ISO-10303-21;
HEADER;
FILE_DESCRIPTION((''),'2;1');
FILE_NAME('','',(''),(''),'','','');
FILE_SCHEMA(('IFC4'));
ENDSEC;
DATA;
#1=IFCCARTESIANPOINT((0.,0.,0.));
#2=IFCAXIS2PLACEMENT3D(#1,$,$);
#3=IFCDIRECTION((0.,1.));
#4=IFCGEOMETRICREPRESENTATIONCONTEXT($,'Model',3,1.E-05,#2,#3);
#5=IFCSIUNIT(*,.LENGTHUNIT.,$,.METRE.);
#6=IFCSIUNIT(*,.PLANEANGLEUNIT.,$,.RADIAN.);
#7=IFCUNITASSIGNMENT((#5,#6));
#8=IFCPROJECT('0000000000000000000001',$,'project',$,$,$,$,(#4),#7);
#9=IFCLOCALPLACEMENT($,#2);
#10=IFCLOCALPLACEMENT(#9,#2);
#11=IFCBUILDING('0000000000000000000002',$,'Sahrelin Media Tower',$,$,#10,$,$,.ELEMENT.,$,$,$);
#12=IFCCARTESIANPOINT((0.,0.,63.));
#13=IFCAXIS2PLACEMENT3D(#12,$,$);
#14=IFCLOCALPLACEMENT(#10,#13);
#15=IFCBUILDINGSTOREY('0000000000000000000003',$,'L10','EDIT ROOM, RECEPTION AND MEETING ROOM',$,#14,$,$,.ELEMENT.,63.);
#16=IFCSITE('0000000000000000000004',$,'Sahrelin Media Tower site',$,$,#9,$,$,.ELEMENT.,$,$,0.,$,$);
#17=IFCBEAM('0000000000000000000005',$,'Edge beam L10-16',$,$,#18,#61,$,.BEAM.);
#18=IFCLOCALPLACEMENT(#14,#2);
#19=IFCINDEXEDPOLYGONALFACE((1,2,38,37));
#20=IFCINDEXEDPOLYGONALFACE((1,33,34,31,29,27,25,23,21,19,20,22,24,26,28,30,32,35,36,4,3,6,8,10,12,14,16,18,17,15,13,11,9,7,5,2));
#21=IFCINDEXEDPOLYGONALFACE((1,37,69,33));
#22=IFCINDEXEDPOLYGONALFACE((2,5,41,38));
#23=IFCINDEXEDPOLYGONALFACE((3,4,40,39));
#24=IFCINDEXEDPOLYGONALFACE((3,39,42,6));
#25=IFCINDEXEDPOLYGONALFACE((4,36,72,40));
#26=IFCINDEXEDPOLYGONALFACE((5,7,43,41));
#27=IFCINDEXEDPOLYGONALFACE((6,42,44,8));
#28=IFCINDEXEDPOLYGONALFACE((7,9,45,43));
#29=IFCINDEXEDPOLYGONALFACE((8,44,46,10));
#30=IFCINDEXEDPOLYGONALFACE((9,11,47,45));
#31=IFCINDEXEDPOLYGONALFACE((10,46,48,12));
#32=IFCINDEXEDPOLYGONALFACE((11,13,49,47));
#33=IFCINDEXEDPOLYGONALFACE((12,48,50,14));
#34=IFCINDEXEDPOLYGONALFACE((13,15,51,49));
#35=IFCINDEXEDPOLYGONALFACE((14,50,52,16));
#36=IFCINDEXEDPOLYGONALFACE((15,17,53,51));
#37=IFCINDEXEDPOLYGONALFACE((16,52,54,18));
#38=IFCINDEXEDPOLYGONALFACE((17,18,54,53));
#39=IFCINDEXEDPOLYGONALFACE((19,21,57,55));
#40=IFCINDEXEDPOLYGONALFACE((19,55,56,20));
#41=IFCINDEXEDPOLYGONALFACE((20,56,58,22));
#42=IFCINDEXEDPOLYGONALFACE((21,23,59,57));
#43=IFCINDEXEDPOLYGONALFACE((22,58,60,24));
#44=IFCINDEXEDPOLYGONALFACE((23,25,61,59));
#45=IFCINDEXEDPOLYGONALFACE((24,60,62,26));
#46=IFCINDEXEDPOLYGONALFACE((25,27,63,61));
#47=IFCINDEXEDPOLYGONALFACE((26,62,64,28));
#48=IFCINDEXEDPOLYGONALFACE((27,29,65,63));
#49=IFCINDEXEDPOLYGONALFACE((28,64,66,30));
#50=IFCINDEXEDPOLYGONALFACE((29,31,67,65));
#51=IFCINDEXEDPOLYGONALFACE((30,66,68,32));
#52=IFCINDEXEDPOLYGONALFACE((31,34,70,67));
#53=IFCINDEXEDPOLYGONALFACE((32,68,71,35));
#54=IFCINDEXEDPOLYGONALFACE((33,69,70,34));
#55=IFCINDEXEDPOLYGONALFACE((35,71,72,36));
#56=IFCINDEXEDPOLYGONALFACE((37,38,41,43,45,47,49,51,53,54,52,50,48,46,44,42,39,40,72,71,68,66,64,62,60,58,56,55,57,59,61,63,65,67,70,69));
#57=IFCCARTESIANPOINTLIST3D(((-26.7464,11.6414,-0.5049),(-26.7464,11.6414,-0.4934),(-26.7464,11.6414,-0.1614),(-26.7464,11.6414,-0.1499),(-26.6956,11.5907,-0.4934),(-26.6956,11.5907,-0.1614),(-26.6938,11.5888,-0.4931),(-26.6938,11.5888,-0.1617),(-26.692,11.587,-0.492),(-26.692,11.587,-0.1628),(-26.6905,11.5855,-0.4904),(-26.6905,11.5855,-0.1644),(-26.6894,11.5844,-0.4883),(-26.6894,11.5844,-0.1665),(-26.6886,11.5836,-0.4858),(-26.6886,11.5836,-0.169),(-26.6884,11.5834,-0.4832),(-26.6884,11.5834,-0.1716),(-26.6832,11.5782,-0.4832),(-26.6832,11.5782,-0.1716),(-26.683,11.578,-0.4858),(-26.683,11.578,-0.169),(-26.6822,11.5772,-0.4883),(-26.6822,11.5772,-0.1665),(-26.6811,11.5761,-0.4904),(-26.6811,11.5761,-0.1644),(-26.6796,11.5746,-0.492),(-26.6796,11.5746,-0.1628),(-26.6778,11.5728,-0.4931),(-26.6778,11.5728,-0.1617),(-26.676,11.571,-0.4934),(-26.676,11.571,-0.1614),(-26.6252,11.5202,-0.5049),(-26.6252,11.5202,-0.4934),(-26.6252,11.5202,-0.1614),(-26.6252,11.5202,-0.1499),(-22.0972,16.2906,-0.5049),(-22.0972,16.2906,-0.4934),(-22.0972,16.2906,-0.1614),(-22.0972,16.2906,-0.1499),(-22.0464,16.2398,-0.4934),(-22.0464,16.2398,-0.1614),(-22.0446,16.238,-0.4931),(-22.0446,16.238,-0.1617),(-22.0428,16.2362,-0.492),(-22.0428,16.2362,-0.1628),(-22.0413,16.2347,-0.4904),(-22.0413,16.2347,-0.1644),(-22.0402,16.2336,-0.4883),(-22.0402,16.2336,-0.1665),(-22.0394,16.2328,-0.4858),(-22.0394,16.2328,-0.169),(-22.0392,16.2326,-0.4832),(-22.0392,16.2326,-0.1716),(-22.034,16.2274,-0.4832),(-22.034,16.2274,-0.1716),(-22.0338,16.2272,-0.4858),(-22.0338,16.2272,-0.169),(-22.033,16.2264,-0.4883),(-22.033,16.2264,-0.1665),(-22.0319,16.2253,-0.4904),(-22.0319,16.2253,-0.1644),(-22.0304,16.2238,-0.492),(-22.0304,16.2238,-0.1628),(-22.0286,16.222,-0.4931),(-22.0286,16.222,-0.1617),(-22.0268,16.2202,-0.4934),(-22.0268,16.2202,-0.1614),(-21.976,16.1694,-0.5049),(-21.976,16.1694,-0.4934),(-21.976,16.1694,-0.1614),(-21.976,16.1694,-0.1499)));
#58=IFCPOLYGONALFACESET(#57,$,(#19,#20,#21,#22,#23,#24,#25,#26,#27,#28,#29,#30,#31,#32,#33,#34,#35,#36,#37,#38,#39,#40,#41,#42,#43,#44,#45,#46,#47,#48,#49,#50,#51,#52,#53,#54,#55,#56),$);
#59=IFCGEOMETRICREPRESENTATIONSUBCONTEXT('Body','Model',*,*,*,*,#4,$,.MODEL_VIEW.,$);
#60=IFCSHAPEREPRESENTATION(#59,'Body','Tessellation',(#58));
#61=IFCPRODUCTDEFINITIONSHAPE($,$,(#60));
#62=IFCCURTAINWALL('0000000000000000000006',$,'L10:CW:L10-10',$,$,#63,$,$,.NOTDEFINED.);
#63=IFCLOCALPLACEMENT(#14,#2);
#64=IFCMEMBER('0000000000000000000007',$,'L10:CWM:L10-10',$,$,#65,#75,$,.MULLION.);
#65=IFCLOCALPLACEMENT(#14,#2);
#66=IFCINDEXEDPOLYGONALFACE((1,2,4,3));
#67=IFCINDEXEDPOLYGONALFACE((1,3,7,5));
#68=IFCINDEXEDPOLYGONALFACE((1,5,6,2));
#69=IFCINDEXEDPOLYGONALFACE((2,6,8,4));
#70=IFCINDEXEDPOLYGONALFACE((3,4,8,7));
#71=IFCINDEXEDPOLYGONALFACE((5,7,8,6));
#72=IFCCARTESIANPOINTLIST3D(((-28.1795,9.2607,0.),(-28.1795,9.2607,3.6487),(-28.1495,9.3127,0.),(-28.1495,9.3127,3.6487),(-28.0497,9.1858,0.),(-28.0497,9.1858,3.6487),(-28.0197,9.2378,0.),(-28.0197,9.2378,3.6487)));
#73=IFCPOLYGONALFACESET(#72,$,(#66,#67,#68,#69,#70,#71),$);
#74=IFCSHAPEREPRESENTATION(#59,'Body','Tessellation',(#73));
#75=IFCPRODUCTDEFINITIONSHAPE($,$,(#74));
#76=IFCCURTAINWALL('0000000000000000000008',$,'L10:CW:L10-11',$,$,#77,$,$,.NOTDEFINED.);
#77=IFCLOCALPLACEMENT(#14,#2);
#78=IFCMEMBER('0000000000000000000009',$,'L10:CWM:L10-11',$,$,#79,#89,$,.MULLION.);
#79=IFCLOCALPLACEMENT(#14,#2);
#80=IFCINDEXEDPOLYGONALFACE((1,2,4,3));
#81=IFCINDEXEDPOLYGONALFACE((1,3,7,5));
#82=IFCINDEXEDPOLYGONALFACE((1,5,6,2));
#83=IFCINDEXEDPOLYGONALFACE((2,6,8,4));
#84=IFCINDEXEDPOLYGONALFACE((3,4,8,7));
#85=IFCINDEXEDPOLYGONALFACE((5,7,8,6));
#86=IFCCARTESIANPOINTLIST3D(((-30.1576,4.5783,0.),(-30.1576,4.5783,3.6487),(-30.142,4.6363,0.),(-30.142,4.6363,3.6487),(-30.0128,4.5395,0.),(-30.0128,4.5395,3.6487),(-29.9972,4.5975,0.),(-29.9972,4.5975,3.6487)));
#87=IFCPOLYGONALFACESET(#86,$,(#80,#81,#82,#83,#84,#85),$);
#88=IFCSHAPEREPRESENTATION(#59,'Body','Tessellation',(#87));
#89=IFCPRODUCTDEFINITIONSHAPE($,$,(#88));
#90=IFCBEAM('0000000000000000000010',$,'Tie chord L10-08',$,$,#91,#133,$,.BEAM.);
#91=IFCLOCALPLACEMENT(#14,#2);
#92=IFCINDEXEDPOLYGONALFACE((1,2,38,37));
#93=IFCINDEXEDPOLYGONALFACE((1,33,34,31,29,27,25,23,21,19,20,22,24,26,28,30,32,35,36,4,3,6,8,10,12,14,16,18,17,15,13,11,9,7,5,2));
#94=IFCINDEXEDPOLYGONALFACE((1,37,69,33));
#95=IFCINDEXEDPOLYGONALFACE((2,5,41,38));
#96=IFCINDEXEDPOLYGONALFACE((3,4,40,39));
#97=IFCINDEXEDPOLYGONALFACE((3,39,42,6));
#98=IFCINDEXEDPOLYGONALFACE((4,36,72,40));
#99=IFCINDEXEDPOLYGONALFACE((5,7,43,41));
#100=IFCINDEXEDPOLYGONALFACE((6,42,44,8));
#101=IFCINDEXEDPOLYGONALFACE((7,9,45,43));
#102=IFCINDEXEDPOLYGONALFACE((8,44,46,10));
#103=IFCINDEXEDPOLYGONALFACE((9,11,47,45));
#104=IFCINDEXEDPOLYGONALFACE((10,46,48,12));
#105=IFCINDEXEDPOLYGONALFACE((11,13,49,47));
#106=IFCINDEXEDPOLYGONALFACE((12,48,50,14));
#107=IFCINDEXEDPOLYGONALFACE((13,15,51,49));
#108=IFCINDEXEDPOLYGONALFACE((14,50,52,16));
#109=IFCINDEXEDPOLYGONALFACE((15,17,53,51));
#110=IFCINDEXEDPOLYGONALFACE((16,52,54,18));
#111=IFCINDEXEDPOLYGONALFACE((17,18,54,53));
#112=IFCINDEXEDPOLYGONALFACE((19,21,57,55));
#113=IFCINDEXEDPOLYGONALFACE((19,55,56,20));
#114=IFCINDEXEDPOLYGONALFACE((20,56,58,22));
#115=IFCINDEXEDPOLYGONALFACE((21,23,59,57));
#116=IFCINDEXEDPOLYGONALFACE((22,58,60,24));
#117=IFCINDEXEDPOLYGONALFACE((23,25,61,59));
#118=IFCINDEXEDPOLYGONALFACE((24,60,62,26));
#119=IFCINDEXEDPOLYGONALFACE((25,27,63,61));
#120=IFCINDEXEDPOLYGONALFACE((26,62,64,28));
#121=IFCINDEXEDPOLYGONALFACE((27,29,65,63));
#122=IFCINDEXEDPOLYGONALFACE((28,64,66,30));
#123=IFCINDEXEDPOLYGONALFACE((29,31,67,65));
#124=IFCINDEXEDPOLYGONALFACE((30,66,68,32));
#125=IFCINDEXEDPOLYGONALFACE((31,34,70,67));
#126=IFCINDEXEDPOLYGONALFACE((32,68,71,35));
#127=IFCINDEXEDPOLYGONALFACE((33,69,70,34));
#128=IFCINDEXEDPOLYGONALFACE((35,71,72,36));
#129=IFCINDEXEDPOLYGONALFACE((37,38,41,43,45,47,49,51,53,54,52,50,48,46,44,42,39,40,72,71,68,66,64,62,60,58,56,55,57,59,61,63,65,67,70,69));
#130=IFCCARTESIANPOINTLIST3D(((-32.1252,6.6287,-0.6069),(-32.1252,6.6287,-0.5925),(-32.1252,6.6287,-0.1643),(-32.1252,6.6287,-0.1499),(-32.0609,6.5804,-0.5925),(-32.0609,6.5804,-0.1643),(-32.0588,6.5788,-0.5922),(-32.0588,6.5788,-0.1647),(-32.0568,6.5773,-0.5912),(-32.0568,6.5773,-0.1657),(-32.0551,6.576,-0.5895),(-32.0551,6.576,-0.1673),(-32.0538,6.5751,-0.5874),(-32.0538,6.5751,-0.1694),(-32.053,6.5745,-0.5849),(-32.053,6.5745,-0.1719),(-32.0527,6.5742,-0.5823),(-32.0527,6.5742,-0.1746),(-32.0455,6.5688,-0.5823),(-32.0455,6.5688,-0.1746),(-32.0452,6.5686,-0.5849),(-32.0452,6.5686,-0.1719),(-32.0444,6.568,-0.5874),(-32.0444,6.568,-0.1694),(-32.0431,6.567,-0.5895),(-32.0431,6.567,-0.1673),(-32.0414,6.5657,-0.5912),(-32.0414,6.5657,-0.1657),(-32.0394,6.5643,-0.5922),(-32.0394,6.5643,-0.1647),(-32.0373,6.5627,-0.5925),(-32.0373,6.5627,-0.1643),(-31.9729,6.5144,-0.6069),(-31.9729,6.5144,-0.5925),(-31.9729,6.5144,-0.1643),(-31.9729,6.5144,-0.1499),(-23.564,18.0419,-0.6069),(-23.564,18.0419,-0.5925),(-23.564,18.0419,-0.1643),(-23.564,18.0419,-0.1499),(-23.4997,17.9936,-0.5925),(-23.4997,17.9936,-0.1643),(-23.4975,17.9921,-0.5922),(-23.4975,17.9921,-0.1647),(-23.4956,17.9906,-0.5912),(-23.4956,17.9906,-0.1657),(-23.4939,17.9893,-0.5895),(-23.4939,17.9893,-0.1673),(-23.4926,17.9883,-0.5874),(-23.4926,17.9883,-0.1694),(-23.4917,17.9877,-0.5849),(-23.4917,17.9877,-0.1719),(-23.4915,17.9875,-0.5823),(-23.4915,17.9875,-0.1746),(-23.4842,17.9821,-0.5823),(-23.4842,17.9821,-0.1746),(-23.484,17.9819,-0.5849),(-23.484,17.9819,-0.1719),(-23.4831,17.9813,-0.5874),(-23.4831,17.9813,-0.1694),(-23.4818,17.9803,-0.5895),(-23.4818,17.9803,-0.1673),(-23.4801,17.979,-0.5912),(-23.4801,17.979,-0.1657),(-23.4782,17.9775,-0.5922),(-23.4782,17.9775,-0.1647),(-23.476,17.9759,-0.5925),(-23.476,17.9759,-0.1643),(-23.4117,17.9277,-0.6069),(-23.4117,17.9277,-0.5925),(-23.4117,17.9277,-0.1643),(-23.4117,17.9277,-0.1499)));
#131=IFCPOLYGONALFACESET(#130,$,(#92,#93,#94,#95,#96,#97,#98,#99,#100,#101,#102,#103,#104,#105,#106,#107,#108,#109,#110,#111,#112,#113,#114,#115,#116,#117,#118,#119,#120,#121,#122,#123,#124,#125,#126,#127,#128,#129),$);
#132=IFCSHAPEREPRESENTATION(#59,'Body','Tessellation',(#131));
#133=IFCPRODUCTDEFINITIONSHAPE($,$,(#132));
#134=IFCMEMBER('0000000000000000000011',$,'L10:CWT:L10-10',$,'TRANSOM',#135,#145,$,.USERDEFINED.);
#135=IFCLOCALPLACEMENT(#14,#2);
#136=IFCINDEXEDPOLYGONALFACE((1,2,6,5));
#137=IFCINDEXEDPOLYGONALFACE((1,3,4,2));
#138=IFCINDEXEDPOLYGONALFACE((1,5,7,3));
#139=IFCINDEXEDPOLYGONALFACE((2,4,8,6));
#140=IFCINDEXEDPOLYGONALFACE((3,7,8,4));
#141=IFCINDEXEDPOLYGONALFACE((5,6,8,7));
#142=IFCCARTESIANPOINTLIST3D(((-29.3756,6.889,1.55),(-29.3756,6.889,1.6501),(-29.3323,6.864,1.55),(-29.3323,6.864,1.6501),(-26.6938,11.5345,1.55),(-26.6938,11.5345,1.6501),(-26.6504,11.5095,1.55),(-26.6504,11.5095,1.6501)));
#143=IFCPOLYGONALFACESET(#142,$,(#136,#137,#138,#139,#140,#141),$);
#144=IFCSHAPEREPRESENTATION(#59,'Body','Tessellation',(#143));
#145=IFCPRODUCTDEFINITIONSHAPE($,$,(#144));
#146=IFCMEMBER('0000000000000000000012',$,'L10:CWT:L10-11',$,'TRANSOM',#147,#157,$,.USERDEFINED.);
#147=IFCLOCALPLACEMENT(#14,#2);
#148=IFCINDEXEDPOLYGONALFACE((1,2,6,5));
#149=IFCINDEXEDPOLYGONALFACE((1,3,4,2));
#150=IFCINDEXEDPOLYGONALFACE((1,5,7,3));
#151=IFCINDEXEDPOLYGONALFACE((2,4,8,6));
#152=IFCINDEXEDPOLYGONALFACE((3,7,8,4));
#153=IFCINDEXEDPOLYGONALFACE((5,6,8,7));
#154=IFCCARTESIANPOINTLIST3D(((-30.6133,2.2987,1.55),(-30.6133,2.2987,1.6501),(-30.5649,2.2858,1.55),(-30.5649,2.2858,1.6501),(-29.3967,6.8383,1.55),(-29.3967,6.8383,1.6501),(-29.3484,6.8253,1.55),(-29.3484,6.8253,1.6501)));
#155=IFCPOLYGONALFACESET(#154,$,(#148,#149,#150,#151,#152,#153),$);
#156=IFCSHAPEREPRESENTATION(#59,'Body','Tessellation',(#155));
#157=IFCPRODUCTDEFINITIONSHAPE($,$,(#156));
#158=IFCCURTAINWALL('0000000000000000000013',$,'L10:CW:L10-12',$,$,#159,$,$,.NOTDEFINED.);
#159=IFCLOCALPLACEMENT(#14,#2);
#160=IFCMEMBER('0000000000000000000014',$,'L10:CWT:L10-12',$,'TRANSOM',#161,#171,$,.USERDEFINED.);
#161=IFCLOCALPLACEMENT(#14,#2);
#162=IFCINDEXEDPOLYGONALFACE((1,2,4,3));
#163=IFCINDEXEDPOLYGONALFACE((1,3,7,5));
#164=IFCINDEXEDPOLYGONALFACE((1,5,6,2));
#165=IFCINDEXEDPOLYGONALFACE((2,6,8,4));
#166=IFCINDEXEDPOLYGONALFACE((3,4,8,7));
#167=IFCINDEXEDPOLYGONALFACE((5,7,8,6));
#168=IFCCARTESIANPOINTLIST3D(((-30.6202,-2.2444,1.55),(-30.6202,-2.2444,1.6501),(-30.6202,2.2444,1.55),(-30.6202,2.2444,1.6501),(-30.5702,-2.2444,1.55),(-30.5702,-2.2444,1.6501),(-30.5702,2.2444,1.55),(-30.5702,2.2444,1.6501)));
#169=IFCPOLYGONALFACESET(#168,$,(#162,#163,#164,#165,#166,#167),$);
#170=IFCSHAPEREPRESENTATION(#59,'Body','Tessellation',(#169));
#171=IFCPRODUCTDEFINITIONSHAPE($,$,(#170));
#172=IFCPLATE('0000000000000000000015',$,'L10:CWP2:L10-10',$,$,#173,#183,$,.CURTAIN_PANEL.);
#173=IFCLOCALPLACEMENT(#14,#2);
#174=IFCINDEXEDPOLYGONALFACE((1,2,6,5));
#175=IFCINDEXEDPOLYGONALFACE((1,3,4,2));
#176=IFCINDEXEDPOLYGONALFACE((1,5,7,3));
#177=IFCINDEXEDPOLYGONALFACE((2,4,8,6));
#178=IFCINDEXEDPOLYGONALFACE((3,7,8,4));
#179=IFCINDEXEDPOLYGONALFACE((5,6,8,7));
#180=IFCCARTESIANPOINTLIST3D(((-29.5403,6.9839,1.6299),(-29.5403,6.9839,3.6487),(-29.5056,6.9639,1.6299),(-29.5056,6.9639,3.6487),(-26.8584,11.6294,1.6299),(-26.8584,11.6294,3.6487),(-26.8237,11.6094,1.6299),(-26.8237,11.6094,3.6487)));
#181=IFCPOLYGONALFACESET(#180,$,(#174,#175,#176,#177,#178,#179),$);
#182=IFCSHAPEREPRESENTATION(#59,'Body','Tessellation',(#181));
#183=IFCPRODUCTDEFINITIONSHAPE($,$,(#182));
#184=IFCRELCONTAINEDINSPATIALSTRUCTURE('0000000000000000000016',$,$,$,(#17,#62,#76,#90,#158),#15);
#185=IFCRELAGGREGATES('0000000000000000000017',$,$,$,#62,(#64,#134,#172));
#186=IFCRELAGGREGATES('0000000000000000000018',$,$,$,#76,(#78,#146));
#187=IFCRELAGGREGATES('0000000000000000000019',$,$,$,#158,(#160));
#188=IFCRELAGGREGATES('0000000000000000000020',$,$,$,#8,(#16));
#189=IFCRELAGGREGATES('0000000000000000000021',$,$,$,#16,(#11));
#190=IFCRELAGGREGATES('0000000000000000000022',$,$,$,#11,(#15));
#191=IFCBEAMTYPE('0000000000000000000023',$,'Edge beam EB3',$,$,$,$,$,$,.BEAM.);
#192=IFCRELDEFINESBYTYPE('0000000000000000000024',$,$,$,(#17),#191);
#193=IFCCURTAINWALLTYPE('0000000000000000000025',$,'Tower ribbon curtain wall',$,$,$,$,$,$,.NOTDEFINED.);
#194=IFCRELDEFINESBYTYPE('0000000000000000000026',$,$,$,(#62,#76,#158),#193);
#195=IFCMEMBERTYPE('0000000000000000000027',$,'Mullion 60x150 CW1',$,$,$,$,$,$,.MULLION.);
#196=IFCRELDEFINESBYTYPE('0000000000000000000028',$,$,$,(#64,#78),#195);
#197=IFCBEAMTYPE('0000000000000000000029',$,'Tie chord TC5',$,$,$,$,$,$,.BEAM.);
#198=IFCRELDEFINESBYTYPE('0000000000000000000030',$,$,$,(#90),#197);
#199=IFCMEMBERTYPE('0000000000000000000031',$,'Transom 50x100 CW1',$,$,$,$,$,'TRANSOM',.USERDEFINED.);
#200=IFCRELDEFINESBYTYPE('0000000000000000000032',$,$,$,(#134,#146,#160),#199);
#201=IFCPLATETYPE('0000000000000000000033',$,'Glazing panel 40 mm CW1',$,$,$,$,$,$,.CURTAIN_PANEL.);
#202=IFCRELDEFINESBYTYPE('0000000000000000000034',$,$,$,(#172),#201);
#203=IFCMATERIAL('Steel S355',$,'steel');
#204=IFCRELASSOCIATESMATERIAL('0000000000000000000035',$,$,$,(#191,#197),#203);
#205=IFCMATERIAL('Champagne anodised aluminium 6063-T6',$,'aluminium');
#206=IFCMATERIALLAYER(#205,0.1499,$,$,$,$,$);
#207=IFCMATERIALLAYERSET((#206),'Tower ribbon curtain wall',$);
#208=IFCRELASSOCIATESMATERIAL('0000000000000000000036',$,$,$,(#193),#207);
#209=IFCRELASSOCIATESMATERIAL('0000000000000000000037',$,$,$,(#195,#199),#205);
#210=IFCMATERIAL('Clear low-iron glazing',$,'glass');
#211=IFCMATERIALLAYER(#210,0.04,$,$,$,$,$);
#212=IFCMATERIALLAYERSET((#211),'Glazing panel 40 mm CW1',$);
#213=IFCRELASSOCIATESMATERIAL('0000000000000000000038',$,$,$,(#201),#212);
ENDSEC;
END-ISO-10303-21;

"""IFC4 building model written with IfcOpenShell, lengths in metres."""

from ifc_helpers import new_model, si_unit, direction, frame, origin, origin_2d, place, context, subcontext, project, spatial, polyline, rectangle, i_section, outline, extrude, material, layer, layer_set, material_profile, profile_set, type_object, element, aggregate, save


model = new_model("IFC4")

# Units and contexts
model_context = context("Model", 3, precision=1e-05, world=origin(), true_north=direction((0.0, 1.0)))
body_context = subcontext(model_context, "Body", "Model", "MODEL_VIEW")
ifc_project = project(units=[si_unit("LENGTHUNIT", "METRE"), si_unit("PLANEANGLEUNIT", "RADIAN")], contexts=[model_context])

# Site, building, storey
site_placement = place(None, origin())
site = spatial("IfcSite", under=ifc_project, at=site_placement, Name="Sahrelin Media Tower site", CompositionType="ELEMENT", RefElevation=0.0)
building_placement = place(site_placement, origin())
building = spatial("IfcBuilding", under=site, at=building_placement, Name="Sahrelin Media Tower", CompositionType="ELEMENT")
storey_placement = place(building_placement, frame((0.0, 0.0, 63.0)))
storey = spatial("IfcBuildingStorey", under=building, at=storey_placement, Name="L10", Description="EDIT ROOM, RECEPTION AND MEETING ROOM", CompositionType="ELEMENT", Elevation=63.0)

# Beam
ifc_material_1 = material(Name="Steel S355", Category="steel")
ifc_material_profile_1 = material_profile(ifc_material_1, i_section(OverallWidth=0.1714, OverallDepth=0.355, WebThickness=0.0073, FlangeThickness=0.0115, FilletRadius=0.0103, at=origin_2d()), Name="UB 356x171x51")
ifc_profile_set_1 = profile_set([ifc_material_profile_1], Name="Steel S355")
beam_type_1 = type_object("IfcBeamType", Name="Edge beam EB3", PredefinedType="BEAM", material=ifc_profile_set_1)
beam_1_placement = place(storey_placement, frame((-26.6858, 11.5808, -0.3274), z_axis=(0.707107, 0.707107, 0.0), x_axis=(-0.707107, 0.707107, 0.0)))
element("IfcBeam", 1, at=beam_1_placement, inside=storey, type_object=beam_type_1, Name="Edge beam L10-16", PredefinedType="BEAM", context=body_context, shape_type="SweptSolid", body=[
    extrude(i_section(OverallWidth=0.1714, OverallDepth=0.355, WebThickness=0.0073, FlangeThickness=0.0115, FilletRadius=0.0103, at=origin_2d()), origin(), (0.0, 0.0, 1.0), 6.575),
])

# Curtain walls, members
ifc_material_2 = material(Name="Champagne anodised aluminium 6063-T6", Category="aluminium")
ifc_layer_1 = layer(ifc_material_2, 0.1499)
ifc_layer_set_1 = layer_set([ifc_layer_1], Name="Tower ribbon curtain wall")
curtain_wall_type = type_object("IfcCurtainWallType", Name="Tower ribbon curtain wall", PredefinedType="NOTDEFINED", material=ifc_layer_set_1)
curtain_wall_1_placement = place(storey_placement, frame((-28.1819, 9.2966, 0.0), z_axis=(0.0, 0.0, 1.0), x_axis=(1.0, 0.0, 0.0)))
curtain_wall_1 = element("IfcCurtainWall", 2, at=curtain_wall_1_placement, inside=storey, type_object=curtain_wall_type, Name="L10:CW:L10-10", PredefinedType="NOTDEFINED")
ifc_material_profile_2 = material_profile(ifc_material_2, rectangle(XDim=0.0601, YDim=0.1499, at=origin_2d()), Name="Mullion 60x150")
ifc_profile_set_2 = profile_set([ifc_material_profile_2], Name="Champagne anodised aluminium 6063-T6")
member_type_1 = type_object("IfcMemberType", Name="Mullion 60x150 CW1", PredefinedType="MULLION", material=ifc_profile_set_2)
member_1_placement = place(storey_placement, frame((-28.0996, 9.2493, 0.0), z_axis=(0.0, 0.0, 1.0), x_axis=(-0.499997, -0.866027, 0.0)))
member_1 = element("IfcMember", 3, at=member_1_placement, type_object=member_type_1, Name="L10:CWM:L10-10", PredefinedType="MULLION", context=body_context, shape_type="SweptSolid", body=[
    extrude(rectangle(XDim=0.0601, YDim=0.1499, at=origin_2d()), origin(), (0.0, 0.0, 1.0), 3.6487),
])
curtain_wall_2_placement = place(storey_placement, frame((-30.1692, 4.6125, 0.0), z_axis=(0.0, 0.0, 1.0), x_axis=(1.0, 0.0, 0.0)))
curtain_wall_2 = element("IfcCurtainWall", 4, at=curtain_wall_2_placement, inside=storey, type_object=curtain_wall_type, Name="L10:CW:L10-11", PredefinedType="NOTDEFINED")
member_2_placement = place(storey_placement, frame((-30.0774, 4.5879, 0.0), z_axis=(0.0, 0.0, 1.0), x_axis=(-0.258821, -0.965925, 0.0)))
member_2 = element("IfcMember", 5, at=member_2_placement, type_object=member_type_1, Name="L10:CWM:L10-11", PredefinedType="MULLION", context=body_context, shape_type="SweptSolid", body=[
    extrude(rectangle(XDim=0.0601, YDim=0.1499, at=origin_2d()), origin(), (0.0, 0.0, 1.0), 3.6487),
])

# Beam
ifc_material_profile_3 = material_profile(ifc_material_1, i_section(OverallWidth=0.1904, OverallDepth=0.457, WebThickness=0.009, FlangeThickness=0.0144, FilletRadius=0.0103, at=origin_2d()), Name="UB 457x191x74")
ifc_profile_set_3 = profile_set([ifc_material_profile_3], Name="Steel S355")
beam_type_2 = type_object("IfcBeamType", Name="Tie chord TC5", PredefinedType="BEAM", material=ifc_profile_set_3)
beam_2_placement = place(storey_placement, frame((-32.0491, 6.5715, -0.3784), z_axis=(0.600057, 0.799957, 0.0), x_axis=(-0.799957, 0.600057, 0.0)))
element("IfcBeam", 6, at=beam_2_placement, inside=storey, type_object=beam_type_2, Name="Tie chord L10-08", PredefinedType="BEAM", context=body_context, shape_type="SweptSolid", body=[
    extrude(i_section(OverallWidth=0.1904, OverallDepth=0.457, WebThickness=0.009, FlangeThickness=0.0144, FilletRadius=0.0103, at=origin_2d()), origin(), (0.0, 0.0, 1.0), 14.2673),
])

# Members
ifc_material_profile_4 = material_profile(ifc_material_2, rectangle(XDim=0.05, YDim=0.1001, at=origin_2d()), Name="Transom 50x100")
ifc_profile_set_4 = profile_set([ifc_material_profile_4], Name="Champagne anodised aluminium 6063-T6")
member_type_2 = type_object("IfcMemberType", Name="Transom 50x100 CW1", ElementType="TRANSOM", PredefinedType="USERDEFINED", material=ifc_profile_set_4)
member_3_placement = place(storey_placement, frame((-26.6721, 11.522, 1.6001), z_axis=(-0.499972, -0.866042, 0.0), x_axis=(0.866042, -0.499972, 0.0)))
member_3 = element("IfcMember", 7, at=member_3_placement, type_object=member_type_2, Name="L10:CWT:L10-10", ObjectType="TRANSOM", PredefinedType="USERDEFINED", context=body_context, shape_type="SweptSolid", body=[
    extrude(rectangle(XDim=0.05, YDim=0.1001, at=origin_2d()), origin(), (0.0, 0.0, 1.0), 5.364),
])
member_4_placement = place(storey_placement, frame((-29.3726, 6.8318, 1.6001), z_axis=(-0.258856, -0.965916, 0.0), x_axis=(0.965916, -0.258856, 0.0)))
member_4 = element("IfcMember", 8, at=member_4_placement, type_object=member_type_2, Name="L10:CWT:L10-11", ObjectType="TRANSOM", PredefinedType="USERDEFINED", context=body_context, shape_type="SweptSolid", body=[
    extrude(rectangle(XDim=0.05, YDim=0.1001, at=origin_2d()), origin(), (0.0, 0.0, 1.0), 4.6997),
])

# Curtain wall, member
curtain_wall_3_placement = place(storey_placement, frame((-30.7903, 0.0, 0.0), z_axis=(0.0, 0.0, 1.0), x_axis=(1.0, 0.0, 0.0)))
curtain_wall_3 = element("IfcCurtainWall", 9, at=curtain_wall_3_placement, inside=storey, type_object=curtain_wall_type, Name="L10:CW:L10-12", PredefinedType="NOTDEFINED")
member_5_placement = place(storey_placement, frame((-30.5952, 2.2444, 1.6001), z_axis=(0.0, -1.0, 0.0), x_axis=(1.0, 0.0, 0.0)))
member_5 = element("IfcMember", 10, at=member_5_placement, type_object=member_type_2, Name="L10:CWT:L10-12", ObjectType="TRANSOM", PredefinedType="USERDEFINED", context=body_context, shape_type="SweptSolid", body=[
    extrude(rectangle(XDim=0.05, YDim=0.1001, at=origin_2d()), origin(), (0.0, 0.0, 1.0), 4.4888),
])

# Plate
ifc_material_3 = material(Name="Clear low-iron glazing", Category="glass")
ifc_layer_2 = layer(ifc_material_3, 0.04)
ifc_layer_set_2 = layer_set([ifc_layer_2], Name="Glazing panel 40 mm CW1")
plate_type_1 = type_object("IfcPlateType", Name="Glazing panel 40 mm CW1", PredefinedType="CURTAIN_PANEL", material=ifc_layer_set_2)
plate_1_placement = place(storey_placement, frame((-26.8584, 11.6294, 1.6299), z_axis=(-0.866042, 0.499972, 0.0), x_axis=(-0.499972, -0.866042, 0.0)))
plate_1 = element("IfcPlate", 11, at=plate_1_placement, type_object=plate_type_1, Name="L10:CWP2:L10-10", PredefinedType="CURTAIN_PANEL", context=body_context, shape_type="SweptSolid", body=[
    extrude(outline(polyline([(0.0, 0.0), (5.364, 0.0), (5.364, 2.0188), (0.0, 2.0188), (0.0, 0.0)])), origin(), (0.0, 0.0, -1.0), 0.04),
])
aggregate(curtain_wall_1, [member_1, member_3, plate_1])
aggregate(curtain_wall_2, [member_2, member_4])
aggregate(curtain_wall_3, [member_5])

save(model, "model.ifc")
